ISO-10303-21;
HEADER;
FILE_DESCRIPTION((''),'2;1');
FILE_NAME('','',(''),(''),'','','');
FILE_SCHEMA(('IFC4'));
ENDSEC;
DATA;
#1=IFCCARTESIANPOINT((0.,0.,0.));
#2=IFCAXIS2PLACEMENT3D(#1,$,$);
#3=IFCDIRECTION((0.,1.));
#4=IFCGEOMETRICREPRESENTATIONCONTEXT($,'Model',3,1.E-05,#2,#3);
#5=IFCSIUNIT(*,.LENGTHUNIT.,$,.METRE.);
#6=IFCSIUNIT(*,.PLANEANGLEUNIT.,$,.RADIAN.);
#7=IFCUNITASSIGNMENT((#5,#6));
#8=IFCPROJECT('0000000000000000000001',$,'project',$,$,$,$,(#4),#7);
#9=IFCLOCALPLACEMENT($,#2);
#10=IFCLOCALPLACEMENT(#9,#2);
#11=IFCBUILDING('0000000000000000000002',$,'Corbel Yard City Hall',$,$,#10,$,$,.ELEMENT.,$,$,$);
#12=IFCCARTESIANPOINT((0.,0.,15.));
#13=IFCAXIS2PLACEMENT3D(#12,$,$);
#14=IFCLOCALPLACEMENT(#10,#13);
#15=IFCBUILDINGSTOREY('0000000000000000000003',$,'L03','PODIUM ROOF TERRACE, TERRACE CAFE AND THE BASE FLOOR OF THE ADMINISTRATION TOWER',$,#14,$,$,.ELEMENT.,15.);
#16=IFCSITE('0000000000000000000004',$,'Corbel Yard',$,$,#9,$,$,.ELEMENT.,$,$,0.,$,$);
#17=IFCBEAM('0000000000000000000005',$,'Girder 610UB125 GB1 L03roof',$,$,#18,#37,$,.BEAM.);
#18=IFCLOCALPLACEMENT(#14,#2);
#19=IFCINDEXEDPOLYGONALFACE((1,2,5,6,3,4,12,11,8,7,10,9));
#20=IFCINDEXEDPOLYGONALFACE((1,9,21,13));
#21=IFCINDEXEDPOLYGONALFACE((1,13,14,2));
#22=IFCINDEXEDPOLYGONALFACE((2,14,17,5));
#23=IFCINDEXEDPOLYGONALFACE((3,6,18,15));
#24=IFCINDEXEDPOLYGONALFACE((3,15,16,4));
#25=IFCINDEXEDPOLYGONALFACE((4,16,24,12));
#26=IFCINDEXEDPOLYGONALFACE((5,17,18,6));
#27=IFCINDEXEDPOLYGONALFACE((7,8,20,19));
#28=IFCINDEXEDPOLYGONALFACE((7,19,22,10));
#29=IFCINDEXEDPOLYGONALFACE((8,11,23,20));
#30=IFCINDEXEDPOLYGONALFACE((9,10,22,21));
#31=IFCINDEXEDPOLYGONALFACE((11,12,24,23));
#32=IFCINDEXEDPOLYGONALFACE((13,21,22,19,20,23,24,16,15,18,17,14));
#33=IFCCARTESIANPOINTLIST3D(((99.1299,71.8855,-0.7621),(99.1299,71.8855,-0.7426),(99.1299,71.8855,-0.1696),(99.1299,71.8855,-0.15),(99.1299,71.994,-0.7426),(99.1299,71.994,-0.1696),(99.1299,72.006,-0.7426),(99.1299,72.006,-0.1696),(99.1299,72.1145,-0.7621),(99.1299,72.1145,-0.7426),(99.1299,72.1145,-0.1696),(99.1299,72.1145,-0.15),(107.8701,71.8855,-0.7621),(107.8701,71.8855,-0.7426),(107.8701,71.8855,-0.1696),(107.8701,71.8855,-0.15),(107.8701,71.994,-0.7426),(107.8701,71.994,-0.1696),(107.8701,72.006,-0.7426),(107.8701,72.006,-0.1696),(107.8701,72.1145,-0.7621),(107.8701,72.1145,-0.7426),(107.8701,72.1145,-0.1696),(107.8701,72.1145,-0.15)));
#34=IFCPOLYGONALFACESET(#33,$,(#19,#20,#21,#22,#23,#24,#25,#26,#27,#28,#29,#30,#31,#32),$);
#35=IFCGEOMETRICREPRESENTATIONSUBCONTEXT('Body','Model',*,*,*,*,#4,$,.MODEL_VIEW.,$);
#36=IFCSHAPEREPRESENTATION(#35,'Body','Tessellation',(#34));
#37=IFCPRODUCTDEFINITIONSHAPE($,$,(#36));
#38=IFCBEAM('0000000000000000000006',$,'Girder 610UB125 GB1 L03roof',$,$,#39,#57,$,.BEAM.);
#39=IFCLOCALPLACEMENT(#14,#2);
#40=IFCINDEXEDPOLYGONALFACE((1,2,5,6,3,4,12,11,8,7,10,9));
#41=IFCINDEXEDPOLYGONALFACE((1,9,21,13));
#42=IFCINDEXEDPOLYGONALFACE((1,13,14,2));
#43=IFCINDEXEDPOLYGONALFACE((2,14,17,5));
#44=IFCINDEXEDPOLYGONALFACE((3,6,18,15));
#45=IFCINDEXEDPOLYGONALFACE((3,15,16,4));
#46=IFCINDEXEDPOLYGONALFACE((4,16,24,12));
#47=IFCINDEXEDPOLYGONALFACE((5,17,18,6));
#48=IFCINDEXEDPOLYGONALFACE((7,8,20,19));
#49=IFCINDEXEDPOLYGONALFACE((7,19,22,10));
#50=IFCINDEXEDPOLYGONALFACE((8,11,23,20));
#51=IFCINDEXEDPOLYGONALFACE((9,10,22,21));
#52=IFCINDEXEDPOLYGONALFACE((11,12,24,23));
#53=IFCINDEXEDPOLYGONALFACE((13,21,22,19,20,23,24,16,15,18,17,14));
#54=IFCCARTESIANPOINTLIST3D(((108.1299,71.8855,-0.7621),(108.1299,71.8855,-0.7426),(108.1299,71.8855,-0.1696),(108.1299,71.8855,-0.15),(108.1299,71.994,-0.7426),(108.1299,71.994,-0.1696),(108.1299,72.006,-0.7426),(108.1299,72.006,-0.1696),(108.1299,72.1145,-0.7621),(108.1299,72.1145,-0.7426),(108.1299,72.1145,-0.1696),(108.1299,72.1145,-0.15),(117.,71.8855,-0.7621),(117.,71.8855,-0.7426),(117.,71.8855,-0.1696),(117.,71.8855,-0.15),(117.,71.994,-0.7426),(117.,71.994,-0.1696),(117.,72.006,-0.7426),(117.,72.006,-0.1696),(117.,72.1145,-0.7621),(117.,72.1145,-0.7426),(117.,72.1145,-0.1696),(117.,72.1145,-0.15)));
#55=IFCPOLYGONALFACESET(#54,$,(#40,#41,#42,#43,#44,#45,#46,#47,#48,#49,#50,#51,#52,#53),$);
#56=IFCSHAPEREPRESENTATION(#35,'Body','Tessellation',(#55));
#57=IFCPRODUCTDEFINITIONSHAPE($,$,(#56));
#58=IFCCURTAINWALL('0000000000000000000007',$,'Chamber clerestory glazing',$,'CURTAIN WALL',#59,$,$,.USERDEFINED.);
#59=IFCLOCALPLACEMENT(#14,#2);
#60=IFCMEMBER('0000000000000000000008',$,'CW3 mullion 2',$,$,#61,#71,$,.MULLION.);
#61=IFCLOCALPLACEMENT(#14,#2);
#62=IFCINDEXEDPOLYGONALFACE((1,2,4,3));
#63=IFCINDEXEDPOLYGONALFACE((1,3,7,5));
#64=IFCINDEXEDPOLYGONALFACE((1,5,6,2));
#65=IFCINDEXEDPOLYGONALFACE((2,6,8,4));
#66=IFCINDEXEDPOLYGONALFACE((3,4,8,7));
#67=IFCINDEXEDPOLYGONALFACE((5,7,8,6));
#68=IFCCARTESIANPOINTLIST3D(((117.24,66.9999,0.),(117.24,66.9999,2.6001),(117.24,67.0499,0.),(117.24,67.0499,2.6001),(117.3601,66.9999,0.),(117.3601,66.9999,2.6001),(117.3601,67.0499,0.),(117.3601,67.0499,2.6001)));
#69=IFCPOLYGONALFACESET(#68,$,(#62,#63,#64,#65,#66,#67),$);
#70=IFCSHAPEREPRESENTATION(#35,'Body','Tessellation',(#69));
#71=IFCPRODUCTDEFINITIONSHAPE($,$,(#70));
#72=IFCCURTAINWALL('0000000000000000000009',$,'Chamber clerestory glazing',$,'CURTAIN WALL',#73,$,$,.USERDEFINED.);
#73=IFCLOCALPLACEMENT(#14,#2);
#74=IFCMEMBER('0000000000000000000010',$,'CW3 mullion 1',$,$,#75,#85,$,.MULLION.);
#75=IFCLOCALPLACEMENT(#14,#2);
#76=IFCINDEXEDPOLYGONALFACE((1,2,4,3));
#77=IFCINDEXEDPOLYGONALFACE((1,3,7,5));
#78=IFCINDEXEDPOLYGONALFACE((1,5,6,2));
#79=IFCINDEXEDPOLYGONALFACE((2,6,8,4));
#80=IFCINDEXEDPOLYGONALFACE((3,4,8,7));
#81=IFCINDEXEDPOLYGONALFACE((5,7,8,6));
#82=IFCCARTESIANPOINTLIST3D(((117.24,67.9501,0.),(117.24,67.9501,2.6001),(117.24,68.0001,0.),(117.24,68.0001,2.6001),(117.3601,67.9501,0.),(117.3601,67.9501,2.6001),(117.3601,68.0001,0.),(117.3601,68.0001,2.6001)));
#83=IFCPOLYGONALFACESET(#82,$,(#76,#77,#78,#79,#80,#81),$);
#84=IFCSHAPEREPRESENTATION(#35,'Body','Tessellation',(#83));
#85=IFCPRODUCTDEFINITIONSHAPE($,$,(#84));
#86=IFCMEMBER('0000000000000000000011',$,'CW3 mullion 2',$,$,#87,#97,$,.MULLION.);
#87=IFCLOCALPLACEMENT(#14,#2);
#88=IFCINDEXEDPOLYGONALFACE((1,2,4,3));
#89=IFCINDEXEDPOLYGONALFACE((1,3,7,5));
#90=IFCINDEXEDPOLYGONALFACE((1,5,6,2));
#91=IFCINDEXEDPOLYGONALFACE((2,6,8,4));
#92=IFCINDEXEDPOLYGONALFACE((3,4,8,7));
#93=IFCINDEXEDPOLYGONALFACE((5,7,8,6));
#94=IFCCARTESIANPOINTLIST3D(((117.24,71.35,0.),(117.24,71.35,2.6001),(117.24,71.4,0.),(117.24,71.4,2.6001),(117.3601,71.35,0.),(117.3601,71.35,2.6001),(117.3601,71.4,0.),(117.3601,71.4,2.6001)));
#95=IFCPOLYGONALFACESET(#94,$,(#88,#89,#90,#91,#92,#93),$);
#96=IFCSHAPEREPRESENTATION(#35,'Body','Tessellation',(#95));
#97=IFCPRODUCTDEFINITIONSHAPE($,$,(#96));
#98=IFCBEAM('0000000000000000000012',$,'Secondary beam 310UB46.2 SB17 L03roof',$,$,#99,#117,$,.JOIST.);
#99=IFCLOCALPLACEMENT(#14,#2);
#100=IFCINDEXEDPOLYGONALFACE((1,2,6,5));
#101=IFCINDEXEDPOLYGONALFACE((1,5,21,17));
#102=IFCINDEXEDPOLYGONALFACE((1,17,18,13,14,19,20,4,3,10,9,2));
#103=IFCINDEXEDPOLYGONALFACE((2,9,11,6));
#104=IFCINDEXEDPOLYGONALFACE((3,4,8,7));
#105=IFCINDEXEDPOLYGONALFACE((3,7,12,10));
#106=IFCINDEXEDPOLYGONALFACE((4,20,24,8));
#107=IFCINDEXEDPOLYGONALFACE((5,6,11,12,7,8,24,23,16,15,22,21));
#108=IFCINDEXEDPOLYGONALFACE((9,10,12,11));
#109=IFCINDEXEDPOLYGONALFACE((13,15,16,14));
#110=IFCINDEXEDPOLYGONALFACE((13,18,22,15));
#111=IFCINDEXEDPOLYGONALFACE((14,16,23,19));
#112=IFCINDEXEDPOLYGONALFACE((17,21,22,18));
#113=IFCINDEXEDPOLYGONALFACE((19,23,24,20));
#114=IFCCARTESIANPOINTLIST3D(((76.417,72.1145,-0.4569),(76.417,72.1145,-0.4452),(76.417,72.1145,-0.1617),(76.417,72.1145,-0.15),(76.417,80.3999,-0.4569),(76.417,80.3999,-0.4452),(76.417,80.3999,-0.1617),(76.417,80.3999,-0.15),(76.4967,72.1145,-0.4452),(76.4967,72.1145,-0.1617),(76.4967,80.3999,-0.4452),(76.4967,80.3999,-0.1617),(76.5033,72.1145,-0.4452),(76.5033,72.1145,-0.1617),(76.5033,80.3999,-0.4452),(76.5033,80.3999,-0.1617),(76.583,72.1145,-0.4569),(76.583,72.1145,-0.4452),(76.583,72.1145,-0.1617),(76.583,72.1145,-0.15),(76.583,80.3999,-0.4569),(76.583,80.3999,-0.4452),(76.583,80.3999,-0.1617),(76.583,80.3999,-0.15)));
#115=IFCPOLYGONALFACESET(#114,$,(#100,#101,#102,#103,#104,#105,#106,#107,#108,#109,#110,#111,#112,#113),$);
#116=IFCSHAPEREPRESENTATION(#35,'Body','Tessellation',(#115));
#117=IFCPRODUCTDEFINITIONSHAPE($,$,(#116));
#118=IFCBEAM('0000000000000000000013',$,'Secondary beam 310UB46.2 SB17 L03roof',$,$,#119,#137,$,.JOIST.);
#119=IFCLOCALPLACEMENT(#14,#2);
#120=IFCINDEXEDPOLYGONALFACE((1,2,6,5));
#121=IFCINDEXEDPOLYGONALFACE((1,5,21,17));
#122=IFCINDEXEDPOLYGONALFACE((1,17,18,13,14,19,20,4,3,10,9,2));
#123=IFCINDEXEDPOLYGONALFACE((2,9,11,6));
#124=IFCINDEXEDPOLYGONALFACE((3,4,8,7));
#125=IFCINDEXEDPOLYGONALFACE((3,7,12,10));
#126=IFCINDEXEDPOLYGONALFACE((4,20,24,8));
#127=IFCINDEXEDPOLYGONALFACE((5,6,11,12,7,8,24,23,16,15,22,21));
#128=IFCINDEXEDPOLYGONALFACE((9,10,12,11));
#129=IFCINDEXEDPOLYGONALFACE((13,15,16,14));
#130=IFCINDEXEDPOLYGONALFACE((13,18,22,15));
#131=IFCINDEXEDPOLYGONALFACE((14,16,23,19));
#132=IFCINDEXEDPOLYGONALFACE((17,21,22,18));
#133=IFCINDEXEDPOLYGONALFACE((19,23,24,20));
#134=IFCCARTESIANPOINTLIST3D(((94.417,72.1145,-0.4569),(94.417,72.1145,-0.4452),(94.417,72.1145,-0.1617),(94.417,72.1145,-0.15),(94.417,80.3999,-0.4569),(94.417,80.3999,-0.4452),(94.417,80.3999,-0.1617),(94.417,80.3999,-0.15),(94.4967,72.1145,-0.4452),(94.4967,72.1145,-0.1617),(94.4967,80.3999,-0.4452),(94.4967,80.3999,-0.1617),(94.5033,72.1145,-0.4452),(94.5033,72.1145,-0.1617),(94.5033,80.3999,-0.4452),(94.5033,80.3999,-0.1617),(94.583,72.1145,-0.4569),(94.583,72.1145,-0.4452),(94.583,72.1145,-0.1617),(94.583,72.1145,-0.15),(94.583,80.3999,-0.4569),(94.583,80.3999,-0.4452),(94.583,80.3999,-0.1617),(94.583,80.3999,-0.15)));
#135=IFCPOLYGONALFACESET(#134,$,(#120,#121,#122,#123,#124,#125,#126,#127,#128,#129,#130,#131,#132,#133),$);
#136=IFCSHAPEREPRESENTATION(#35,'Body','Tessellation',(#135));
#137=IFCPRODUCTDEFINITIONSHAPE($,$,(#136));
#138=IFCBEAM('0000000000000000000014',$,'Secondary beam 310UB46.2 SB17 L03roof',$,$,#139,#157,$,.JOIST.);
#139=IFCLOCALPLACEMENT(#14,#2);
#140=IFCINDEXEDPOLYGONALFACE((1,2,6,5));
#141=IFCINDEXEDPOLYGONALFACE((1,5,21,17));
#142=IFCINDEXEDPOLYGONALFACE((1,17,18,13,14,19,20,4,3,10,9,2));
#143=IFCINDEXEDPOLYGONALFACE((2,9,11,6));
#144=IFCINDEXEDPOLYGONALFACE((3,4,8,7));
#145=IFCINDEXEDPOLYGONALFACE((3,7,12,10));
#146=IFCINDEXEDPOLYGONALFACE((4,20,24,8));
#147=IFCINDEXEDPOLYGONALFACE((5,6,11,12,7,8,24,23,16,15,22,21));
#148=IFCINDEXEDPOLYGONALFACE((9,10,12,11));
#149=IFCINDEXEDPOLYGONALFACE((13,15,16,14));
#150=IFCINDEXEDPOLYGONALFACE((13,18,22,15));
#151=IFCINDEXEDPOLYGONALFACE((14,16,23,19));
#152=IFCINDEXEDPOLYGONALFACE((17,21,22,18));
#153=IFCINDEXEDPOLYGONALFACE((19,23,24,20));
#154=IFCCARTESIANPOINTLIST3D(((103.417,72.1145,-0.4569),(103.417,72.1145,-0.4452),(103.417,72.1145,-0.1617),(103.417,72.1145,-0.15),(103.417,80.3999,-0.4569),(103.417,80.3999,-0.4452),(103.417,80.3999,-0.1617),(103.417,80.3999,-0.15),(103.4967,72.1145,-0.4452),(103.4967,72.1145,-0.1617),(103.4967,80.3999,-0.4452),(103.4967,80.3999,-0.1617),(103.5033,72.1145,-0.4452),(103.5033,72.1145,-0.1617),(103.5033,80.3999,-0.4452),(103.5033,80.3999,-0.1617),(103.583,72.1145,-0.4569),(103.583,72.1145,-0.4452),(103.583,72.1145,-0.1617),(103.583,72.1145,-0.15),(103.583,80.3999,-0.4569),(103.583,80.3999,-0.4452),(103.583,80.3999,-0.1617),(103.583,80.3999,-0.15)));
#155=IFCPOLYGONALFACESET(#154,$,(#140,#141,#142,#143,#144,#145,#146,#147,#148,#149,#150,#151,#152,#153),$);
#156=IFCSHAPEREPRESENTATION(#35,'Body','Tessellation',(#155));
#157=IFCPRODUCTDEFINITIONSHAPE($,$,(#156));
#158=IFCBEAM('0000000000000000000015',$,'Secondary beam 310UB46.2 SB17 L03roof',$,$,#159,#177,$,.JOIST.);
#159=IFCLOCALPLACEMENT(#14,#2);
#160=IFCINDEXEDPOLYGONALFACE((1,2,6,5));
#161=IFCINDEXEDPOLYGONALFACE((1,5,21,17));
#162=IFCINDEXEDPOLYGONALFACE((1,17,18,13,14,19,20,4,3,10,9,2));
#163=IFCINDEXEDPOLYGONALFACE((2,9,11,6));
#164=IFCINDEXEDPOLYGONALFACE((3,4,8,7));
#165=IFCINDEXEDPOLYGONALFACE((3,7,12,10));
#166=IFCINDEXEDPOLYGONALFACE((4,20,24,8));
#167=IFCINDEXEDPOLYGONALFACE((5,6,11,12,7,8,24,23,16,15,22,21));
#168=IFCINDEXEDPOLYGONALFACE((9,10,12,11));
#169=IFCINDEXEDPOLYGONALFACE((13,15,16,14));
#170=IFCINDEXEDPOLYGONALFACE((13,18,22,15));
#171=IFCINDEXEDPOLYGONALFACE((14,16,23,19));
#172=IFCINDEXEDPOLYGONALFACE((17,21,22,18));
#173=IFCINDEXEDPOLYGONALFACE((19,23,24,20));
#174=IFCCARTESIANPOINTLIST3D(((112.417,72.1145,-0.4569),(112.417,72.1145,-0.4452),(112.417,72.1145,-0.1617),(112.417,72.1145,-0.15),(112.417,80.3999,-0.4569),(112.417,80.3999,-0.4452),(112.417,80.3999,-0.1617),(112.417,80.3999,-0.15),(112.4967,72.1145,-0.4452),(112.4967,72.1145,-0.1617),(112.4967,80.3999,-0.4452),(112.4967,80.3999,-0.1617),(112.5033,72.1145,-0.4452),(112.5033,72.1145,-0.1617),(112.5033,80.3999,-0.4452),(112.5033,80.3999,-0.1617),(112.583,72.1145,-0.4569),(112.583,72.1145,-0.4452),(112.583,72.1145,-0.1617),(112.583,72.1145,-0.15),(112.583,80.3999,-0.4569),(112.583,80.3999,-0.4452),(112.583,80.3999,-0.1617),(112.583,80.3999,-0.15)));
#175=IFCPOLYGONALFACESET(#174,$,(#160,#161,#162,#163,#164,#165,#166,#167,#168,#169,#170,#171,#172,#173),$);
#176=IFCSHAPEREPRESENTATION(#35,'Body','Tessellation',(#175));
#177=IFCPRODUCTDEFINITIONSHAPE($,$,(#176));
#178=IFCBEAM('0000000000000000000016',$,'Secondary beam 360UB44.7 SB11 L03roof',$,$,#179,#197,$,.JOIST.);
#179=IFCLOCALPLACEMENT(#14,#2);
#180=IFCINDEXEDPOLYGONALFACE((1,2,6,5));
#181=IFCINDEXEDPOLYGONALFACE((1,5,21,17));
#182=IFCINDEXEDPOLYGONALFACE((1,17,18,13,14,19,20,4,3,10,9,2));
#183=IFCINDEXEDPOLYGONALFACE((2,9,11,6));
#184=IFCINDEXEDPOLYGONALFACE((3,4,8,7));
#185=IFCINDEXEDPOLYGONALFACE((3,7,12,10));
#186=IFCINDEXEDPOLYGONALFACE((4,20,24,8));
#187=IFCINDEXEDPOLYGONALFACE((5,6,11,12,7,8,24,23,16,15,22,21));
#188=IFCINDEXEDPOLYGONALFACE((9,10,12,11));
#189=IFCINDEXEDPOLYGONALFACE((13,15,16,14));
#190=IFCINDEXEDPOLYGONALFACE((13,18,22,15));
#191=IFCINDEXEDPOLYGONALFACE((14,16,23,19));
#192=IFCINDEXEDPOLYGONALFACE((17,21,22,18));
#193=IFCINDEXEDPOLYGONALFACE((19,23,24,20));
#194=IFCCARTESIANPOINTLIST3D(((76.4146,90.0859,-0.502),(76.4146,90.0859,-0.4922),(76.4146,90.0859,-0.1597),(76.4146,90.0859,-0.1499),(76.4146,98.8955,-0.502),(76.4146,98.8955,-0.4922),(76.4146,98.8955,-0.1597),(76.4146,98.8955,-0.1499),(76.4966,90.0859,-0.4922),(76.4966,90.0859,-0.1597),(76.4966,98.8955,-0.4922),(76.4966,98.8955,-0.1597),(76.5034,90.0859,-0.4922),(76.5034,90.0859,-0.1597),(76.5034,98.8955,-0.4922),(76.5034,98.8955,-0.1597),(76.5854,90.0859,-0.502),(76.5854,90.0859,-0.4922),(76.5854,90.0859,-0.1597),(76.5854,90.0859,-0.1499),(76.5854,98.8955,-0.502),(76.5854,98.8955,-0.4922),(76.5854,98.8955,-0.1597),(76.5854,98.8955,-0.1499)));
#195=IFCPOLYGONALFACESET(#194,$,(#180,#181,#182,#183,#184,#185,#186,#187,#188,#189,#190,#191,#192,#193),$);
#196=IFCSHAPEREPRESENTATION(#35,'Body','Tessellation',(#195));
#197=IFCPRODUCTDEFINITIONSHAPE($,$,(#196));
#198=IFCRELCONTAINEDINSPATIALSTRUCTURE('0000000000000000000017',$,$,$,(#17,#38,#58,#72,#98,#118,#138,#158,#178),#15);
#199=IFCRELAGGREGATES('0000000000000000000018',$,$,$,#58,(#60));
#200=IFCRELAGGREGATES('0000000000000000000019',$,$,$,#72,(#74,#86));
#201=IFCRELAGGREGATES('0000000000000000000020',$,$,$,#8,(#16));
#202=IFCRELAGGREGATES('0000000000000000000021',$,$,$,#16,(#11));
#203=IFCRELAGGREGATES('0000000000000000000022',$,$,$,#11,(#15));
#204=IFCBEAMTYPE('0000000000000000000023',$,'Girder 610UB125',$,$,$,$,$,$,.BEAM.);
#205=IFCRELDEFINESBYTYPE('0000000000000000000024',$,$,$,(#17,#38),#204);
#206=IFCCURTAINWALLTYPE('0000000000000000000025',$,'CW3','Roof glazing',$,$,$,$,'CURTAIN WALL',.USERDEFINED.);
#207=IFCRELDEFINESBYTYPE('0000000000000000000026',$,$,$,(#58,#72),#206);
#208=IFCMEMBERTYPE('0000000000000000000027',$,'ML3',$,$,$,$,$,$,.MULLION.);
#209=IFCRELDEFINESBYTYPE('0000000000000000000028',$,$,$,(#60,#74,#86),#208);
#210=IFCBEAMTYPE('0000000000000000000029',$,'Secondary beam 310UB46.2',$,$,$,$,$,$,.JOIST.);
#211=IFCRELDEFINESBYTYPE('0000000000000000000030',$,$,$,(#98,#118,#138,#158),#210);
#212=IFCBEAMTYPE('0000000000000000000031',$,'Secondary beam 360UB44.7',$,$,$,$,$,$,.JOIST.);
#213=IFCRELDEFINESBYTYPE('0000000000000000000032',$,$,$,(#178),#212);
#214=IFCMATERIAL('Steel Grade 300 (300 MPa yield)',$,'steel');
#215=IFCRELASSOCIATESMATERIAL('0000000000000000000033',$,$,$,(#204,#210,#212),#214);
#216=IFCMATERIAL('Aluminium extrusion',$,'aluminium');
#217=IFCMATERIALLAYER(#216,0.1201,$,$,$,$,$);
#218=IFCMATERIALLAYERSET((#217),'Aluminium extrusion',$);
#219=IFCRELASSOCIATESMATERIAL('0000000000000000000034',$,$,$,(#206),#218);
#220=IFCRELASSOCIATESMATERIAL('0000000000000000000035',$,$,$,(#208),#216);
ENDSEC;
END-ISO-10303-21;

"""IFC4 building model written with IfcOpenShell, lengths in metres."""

from ifc_helpers import new_model, si_unit, direction, frame, origin, origin_2d, place, context, subcontext, project, spatial, rectangle, i_section, extrude, material, layer, layer_set, material_profile, profile_set, type_object, element, aggregate, save


model = new_model("IFC4")

# Units and contexts
model_context = context("Model", 3, precision=1e-05, world=origin(), true_north=direction((0.0, 1.0)))
body_context = subcontext(model_context, "Body", "Model", "MODEL_VIEW")
ifc_project = project(units=[si_unit("LENGTHUNIT", "METRE"), si_unit("PLANEANGLEUNIT", "RADIAN")], contexts=[model_context])

# Site, building, storey
site_placement = place(None, origin())
site = spatial("IfcSite", under=ifc_project, at=site_placement, Name="Corbel Yard", CompositionType="ELEMENT", RefElevation=0.0)
building_placement = place(site_placement, origin())
building = spatial("IfcBuilding", under=site, at=building_placement, Name="Corbel Yard City Hall", CompositionType="ELEMENT")
storey_placement = place(building_placement, frame((0.0, 0.0, 15.0)))
storey = spatial("IfcBuildingStorey", under=building, at=storey_placement, Name="L03", Description="PODIUM ROOF TERRACE, TERRACE CAFE AND THE BASE FLOOR OF THE ADMINISTRATION TOWER", CompositionType="ELEMENT", Elevation=15.0)

# Beams
ifc_material_1 = material(Name="Steel Grade 300 (300 MPa yield)", Category="steel")
ifc_material_profile_1 = material_profile(ifc_material_1, i_section(OverallWidth=0.229, OverallDepth=0.6121, WebThickness=0.012, FlangeThickness=0.0195, at=origin_2d()), Name="610UB125")
ifc_profile_set_1 = profile_set([ifc_material_profile_1], Name="Steel Grade 300 (300 MPa yield)")
beam_type_1 = type_object("IfcBeamType", Name="Girder 610UB125", PredefinedType="BEAM", material=ifc_profile_set_1)
beam_1_placement = place(storey_placement, frame((99.1299, 72.0, -0.4561), z_axis=(1.0, 0.0, 0.0), x_axis=(0.0, 1.0, 0.0)))
element("IfcBeam", 1, at=beam_1_placement, inside=storey, type_object=beam_type_1, Name="Girder 610UB125 GB1 L03roof", PredefinedType="BEAM", context=body_context, shape_type="SweptSolid", body=[
    extrude(i_section(OverallWidth=0.229, OverallDepth=0.6121, WebThickness=0.012, FlangeThickness=0.0195, at=origin_2d()), origin(), (0.0, 0.0, 1.0), 8.7402),
])
beam_2_placement = place(storey_placement, frame((108.1299, 72.0, -0.4561), z_axis=(1.0, 0.0, 0.0), x_axis=(0.0, 1.0, 0.0)))
element("IfcBeam", 2, at=beam_2_placement, inside=storey, type_object=beam_type_1, Name="Girder 610UB125 GB1 L03roof", PredefinedType="BEAM", context=body_context, shape_type="SweptSolid", body=[
    extrude(i_section(OverallWidth=0.229, OverallDepth=0.6121, WebThickness=0.012, FlangeThickness=0.0195, at=origin_2d()), origin(), (0.0, 0.0, 1.0), 8.8701),
])

# Curtain wall, member
ifc_material_2 = material(Name="Aluminium extrusion", Category="aluminium")
ifc_layer_1 = layer(ifc_material_2, 0.1201)
ifc_layer_set_1 = layer_set([ifc_layer_1], Name="Aluminium extrusion")
curtain_wall_type = type_object("IfcCurtainWallType", Name="CW3", Description="Roof glazing", ElementType="CURTAIN WALL", PredefinedType="USERDEFINED", material=ifc_layer_set_1)
curtain_wall_1_placement = place(storey_placement, origin())
curtain_wall_1 = element("IfcCurtainWall", 3, at=curtain_wall_1_placement, inside=storey, type_object=curtain_wall_type, Name="Chamber clerestory glazing", ObjectType="CURTAIN WALL", PredefinedType="USERDEFINED")
ifc_material_profile_2 = material_profile(ifc_material_2, rectangle(XDim=0.1201, YDim=0.05, at=origin_2d()), Name="120x50")
ifc_profile_set_2 = profile_set([ifc_material_profile_2], Name="Aluminium extrusion")
member_type_1 = type_object("IfcMemberType", Name="ML3", PredefinedType="MULLION", material=ifc_profile_set_2)
member_1_placement = place(storey_placement, frame((117.3, 67.0249, 0.0), z_axis=(0.0, 0.0, 1.0), x_axis=(-1.0, 0.0, 0.0)))
member_1 = element("IfcMember", 4, at=member_1_placement, type_object=member_type_1, Name="CW3 mullion 2", PredefinedType="MULLION", context=body_context, shape_type="SweptSolid", body=[
    extrude(rectangle(XDim=0.1201, YDim=0.05, at=origin_2d()), origin(), (0.0, 0.0, 1.0), 2.6001),
])
aggregate(curtain_wall_1, [member_1])

# Curtain wall, members
curtain_wall_2_placement = place(storey_placement, origin())
curtain_wall_2 = element("IfcCurtainWall", 5, at=curtain_wall_2_placement, inside=storey, type_object=curtain_wall_type, Name="Chamber clerestory glazing", ObjectType="CURTAIN WALL", PredefinedType="USERDEFINED")
member_2_placement = place(storey_placement, frame((117.3, 67.9751, 0.0), z_axis=(0.0, 0.0, 1.0), x_axis=(-1.0, 0.0, 0.0)))
member_2 = element("IfcMember", 6, at=member_2_placement, type_object=member_type_1, Name="CW3 mullion 1", PredefinedType="MULLION", context=body_context, shape_type="SweptSolid", body=[
    extrude(rectangle(XDim=0.1201, YDim=0.05, at=origin_2d()), origin(), (0.0, 0.0, 1.0), 2.6001),
])
member_3_placement = place(storey_placement, frame((117.3, 71.375, 0.0), z_axis=(0.0, 0.0, 1.0), x_axis=(-1.0, 0.0, 0.0)))
member_3 = element("IfcMember", 7, at=member_3_placement, type_object=member_type_1, Name="CW3 mullion 2", PredefinedType="MULLION", context=body_context, shape_type="SweptSolid", body=[
    extrude(rectangle(XDim=0.1201, YDim=0.05, at=origin_2d()), origin(), (0.0, 0.0, 1.0), 2.6001),
])

# Beams
ifc_material_profile_3 = material_profile(ifc_material_1, i_section(OverallWidth=0.166, OverallDepth=0.3069, WebThickness=0.0066, FlangeThickness=0.0117, at=origin_2d()), Name="310UB46.2")
ifc_profile_set_3 = profile_set([ifc_material_profile_3], Name="Steel Grade 300 (300 MPa yield)")
beam_type_2 = type_object("IfcBeamType", Name="Secondary beam 310UB46.2", PredefinedType="JOIST", material=ifc_profile_set_3)
for number, where, z_axis, x_axis, name in (
    (8, (76.5, 72.1145, -0.3035), (0.0, 1.0, 0.0), (-1.0, 0.0, 0.0), "Secondary beam 310UB46.2 SB17 L03roof"),
    (9, (94.5, 72.1145, -0.3035), (0.0, 1.0, 0.0), (-1.0, 0.0, 0.0), "Secondary beam 310UB46.2 SB17 L03roof"),
    (10, (103.5, 72.1145, -0.3035), (0.0, 1.0, 0.0), (-1.0, 0.0, 0.0), "Secondary beam 310UB46.2 SB17 L03roof"),
    (11, (112.5, 72.1145, -0.3035), (0.0, 1.0, 0.0), (-1.0, 0.0, 0.0), "Secondary beam 310UB46.2 SB17 L03roof"),
):
    element("IfcBeam", number, at=place(storey_placement, frame(where, z_axis=z_axis, x_axis=x_axis)), inside=storey, type_object=beam_type_2, Name=name, PredefinedType="JOIST", context=body_context, shape_type="SweptSolid", body=[
        extrude(i_section(OverallWidth=0.166, OverallDepth=0.3069, WebThickness=0.0066, FlangeThickness=0.0117, at=origin_2d()), origin(), (0.0, 0.0, 1.0), 8.2854),
    ])
ifc_material_profile_4 = material_profile(ifc_material_1, i_section(OverallWidth=0.1709, OverallDepth=0.3521, WebThickness=0.0068, FlangeThickness=0.0098, at=origin_2d()), Name="360UB44.7")
ifc_profile_set_4 = profile_set([ifc_material_profile_4], Name="Steel Grade 300 (300 MPa yield)")
beam_type_3 = type_object("IfcBeamType", Name="Secondary beam 360UB44.7", PredefinedType="JOIST", material=ifc_profile_set_4)
for number, where, z_axis, x_axis, name in (
    (12, (76.5, 90.0859, -0.3259), (0.0, 1.0, 0.0), (-1.0, 0.0, 0.0), "Secondary beam 360UB44.7 SB11 L03roof"),
):
    element("IfcBeam", number, at=place(storey_placement, frame(where, z_axis=z_axis, x_axis=x_axis)), inside=storey, type_object=beam_type_3, Name=name, PredefinedType="JOIST", context=body_context, shape_type="SweptSolid", body=[
        extrude(i_section(OverallWidth=0.1709, OverallDepth=0.3521, WebThickness=0.0068, FlangeThickness=0.0098, at=origin_2d()), origin(), (0.0, 0.0, 1.0), 8.8096),
    ])

aggregate(curtain_wall_2, [member_2, member_3])

save(model, "model.ifc")
